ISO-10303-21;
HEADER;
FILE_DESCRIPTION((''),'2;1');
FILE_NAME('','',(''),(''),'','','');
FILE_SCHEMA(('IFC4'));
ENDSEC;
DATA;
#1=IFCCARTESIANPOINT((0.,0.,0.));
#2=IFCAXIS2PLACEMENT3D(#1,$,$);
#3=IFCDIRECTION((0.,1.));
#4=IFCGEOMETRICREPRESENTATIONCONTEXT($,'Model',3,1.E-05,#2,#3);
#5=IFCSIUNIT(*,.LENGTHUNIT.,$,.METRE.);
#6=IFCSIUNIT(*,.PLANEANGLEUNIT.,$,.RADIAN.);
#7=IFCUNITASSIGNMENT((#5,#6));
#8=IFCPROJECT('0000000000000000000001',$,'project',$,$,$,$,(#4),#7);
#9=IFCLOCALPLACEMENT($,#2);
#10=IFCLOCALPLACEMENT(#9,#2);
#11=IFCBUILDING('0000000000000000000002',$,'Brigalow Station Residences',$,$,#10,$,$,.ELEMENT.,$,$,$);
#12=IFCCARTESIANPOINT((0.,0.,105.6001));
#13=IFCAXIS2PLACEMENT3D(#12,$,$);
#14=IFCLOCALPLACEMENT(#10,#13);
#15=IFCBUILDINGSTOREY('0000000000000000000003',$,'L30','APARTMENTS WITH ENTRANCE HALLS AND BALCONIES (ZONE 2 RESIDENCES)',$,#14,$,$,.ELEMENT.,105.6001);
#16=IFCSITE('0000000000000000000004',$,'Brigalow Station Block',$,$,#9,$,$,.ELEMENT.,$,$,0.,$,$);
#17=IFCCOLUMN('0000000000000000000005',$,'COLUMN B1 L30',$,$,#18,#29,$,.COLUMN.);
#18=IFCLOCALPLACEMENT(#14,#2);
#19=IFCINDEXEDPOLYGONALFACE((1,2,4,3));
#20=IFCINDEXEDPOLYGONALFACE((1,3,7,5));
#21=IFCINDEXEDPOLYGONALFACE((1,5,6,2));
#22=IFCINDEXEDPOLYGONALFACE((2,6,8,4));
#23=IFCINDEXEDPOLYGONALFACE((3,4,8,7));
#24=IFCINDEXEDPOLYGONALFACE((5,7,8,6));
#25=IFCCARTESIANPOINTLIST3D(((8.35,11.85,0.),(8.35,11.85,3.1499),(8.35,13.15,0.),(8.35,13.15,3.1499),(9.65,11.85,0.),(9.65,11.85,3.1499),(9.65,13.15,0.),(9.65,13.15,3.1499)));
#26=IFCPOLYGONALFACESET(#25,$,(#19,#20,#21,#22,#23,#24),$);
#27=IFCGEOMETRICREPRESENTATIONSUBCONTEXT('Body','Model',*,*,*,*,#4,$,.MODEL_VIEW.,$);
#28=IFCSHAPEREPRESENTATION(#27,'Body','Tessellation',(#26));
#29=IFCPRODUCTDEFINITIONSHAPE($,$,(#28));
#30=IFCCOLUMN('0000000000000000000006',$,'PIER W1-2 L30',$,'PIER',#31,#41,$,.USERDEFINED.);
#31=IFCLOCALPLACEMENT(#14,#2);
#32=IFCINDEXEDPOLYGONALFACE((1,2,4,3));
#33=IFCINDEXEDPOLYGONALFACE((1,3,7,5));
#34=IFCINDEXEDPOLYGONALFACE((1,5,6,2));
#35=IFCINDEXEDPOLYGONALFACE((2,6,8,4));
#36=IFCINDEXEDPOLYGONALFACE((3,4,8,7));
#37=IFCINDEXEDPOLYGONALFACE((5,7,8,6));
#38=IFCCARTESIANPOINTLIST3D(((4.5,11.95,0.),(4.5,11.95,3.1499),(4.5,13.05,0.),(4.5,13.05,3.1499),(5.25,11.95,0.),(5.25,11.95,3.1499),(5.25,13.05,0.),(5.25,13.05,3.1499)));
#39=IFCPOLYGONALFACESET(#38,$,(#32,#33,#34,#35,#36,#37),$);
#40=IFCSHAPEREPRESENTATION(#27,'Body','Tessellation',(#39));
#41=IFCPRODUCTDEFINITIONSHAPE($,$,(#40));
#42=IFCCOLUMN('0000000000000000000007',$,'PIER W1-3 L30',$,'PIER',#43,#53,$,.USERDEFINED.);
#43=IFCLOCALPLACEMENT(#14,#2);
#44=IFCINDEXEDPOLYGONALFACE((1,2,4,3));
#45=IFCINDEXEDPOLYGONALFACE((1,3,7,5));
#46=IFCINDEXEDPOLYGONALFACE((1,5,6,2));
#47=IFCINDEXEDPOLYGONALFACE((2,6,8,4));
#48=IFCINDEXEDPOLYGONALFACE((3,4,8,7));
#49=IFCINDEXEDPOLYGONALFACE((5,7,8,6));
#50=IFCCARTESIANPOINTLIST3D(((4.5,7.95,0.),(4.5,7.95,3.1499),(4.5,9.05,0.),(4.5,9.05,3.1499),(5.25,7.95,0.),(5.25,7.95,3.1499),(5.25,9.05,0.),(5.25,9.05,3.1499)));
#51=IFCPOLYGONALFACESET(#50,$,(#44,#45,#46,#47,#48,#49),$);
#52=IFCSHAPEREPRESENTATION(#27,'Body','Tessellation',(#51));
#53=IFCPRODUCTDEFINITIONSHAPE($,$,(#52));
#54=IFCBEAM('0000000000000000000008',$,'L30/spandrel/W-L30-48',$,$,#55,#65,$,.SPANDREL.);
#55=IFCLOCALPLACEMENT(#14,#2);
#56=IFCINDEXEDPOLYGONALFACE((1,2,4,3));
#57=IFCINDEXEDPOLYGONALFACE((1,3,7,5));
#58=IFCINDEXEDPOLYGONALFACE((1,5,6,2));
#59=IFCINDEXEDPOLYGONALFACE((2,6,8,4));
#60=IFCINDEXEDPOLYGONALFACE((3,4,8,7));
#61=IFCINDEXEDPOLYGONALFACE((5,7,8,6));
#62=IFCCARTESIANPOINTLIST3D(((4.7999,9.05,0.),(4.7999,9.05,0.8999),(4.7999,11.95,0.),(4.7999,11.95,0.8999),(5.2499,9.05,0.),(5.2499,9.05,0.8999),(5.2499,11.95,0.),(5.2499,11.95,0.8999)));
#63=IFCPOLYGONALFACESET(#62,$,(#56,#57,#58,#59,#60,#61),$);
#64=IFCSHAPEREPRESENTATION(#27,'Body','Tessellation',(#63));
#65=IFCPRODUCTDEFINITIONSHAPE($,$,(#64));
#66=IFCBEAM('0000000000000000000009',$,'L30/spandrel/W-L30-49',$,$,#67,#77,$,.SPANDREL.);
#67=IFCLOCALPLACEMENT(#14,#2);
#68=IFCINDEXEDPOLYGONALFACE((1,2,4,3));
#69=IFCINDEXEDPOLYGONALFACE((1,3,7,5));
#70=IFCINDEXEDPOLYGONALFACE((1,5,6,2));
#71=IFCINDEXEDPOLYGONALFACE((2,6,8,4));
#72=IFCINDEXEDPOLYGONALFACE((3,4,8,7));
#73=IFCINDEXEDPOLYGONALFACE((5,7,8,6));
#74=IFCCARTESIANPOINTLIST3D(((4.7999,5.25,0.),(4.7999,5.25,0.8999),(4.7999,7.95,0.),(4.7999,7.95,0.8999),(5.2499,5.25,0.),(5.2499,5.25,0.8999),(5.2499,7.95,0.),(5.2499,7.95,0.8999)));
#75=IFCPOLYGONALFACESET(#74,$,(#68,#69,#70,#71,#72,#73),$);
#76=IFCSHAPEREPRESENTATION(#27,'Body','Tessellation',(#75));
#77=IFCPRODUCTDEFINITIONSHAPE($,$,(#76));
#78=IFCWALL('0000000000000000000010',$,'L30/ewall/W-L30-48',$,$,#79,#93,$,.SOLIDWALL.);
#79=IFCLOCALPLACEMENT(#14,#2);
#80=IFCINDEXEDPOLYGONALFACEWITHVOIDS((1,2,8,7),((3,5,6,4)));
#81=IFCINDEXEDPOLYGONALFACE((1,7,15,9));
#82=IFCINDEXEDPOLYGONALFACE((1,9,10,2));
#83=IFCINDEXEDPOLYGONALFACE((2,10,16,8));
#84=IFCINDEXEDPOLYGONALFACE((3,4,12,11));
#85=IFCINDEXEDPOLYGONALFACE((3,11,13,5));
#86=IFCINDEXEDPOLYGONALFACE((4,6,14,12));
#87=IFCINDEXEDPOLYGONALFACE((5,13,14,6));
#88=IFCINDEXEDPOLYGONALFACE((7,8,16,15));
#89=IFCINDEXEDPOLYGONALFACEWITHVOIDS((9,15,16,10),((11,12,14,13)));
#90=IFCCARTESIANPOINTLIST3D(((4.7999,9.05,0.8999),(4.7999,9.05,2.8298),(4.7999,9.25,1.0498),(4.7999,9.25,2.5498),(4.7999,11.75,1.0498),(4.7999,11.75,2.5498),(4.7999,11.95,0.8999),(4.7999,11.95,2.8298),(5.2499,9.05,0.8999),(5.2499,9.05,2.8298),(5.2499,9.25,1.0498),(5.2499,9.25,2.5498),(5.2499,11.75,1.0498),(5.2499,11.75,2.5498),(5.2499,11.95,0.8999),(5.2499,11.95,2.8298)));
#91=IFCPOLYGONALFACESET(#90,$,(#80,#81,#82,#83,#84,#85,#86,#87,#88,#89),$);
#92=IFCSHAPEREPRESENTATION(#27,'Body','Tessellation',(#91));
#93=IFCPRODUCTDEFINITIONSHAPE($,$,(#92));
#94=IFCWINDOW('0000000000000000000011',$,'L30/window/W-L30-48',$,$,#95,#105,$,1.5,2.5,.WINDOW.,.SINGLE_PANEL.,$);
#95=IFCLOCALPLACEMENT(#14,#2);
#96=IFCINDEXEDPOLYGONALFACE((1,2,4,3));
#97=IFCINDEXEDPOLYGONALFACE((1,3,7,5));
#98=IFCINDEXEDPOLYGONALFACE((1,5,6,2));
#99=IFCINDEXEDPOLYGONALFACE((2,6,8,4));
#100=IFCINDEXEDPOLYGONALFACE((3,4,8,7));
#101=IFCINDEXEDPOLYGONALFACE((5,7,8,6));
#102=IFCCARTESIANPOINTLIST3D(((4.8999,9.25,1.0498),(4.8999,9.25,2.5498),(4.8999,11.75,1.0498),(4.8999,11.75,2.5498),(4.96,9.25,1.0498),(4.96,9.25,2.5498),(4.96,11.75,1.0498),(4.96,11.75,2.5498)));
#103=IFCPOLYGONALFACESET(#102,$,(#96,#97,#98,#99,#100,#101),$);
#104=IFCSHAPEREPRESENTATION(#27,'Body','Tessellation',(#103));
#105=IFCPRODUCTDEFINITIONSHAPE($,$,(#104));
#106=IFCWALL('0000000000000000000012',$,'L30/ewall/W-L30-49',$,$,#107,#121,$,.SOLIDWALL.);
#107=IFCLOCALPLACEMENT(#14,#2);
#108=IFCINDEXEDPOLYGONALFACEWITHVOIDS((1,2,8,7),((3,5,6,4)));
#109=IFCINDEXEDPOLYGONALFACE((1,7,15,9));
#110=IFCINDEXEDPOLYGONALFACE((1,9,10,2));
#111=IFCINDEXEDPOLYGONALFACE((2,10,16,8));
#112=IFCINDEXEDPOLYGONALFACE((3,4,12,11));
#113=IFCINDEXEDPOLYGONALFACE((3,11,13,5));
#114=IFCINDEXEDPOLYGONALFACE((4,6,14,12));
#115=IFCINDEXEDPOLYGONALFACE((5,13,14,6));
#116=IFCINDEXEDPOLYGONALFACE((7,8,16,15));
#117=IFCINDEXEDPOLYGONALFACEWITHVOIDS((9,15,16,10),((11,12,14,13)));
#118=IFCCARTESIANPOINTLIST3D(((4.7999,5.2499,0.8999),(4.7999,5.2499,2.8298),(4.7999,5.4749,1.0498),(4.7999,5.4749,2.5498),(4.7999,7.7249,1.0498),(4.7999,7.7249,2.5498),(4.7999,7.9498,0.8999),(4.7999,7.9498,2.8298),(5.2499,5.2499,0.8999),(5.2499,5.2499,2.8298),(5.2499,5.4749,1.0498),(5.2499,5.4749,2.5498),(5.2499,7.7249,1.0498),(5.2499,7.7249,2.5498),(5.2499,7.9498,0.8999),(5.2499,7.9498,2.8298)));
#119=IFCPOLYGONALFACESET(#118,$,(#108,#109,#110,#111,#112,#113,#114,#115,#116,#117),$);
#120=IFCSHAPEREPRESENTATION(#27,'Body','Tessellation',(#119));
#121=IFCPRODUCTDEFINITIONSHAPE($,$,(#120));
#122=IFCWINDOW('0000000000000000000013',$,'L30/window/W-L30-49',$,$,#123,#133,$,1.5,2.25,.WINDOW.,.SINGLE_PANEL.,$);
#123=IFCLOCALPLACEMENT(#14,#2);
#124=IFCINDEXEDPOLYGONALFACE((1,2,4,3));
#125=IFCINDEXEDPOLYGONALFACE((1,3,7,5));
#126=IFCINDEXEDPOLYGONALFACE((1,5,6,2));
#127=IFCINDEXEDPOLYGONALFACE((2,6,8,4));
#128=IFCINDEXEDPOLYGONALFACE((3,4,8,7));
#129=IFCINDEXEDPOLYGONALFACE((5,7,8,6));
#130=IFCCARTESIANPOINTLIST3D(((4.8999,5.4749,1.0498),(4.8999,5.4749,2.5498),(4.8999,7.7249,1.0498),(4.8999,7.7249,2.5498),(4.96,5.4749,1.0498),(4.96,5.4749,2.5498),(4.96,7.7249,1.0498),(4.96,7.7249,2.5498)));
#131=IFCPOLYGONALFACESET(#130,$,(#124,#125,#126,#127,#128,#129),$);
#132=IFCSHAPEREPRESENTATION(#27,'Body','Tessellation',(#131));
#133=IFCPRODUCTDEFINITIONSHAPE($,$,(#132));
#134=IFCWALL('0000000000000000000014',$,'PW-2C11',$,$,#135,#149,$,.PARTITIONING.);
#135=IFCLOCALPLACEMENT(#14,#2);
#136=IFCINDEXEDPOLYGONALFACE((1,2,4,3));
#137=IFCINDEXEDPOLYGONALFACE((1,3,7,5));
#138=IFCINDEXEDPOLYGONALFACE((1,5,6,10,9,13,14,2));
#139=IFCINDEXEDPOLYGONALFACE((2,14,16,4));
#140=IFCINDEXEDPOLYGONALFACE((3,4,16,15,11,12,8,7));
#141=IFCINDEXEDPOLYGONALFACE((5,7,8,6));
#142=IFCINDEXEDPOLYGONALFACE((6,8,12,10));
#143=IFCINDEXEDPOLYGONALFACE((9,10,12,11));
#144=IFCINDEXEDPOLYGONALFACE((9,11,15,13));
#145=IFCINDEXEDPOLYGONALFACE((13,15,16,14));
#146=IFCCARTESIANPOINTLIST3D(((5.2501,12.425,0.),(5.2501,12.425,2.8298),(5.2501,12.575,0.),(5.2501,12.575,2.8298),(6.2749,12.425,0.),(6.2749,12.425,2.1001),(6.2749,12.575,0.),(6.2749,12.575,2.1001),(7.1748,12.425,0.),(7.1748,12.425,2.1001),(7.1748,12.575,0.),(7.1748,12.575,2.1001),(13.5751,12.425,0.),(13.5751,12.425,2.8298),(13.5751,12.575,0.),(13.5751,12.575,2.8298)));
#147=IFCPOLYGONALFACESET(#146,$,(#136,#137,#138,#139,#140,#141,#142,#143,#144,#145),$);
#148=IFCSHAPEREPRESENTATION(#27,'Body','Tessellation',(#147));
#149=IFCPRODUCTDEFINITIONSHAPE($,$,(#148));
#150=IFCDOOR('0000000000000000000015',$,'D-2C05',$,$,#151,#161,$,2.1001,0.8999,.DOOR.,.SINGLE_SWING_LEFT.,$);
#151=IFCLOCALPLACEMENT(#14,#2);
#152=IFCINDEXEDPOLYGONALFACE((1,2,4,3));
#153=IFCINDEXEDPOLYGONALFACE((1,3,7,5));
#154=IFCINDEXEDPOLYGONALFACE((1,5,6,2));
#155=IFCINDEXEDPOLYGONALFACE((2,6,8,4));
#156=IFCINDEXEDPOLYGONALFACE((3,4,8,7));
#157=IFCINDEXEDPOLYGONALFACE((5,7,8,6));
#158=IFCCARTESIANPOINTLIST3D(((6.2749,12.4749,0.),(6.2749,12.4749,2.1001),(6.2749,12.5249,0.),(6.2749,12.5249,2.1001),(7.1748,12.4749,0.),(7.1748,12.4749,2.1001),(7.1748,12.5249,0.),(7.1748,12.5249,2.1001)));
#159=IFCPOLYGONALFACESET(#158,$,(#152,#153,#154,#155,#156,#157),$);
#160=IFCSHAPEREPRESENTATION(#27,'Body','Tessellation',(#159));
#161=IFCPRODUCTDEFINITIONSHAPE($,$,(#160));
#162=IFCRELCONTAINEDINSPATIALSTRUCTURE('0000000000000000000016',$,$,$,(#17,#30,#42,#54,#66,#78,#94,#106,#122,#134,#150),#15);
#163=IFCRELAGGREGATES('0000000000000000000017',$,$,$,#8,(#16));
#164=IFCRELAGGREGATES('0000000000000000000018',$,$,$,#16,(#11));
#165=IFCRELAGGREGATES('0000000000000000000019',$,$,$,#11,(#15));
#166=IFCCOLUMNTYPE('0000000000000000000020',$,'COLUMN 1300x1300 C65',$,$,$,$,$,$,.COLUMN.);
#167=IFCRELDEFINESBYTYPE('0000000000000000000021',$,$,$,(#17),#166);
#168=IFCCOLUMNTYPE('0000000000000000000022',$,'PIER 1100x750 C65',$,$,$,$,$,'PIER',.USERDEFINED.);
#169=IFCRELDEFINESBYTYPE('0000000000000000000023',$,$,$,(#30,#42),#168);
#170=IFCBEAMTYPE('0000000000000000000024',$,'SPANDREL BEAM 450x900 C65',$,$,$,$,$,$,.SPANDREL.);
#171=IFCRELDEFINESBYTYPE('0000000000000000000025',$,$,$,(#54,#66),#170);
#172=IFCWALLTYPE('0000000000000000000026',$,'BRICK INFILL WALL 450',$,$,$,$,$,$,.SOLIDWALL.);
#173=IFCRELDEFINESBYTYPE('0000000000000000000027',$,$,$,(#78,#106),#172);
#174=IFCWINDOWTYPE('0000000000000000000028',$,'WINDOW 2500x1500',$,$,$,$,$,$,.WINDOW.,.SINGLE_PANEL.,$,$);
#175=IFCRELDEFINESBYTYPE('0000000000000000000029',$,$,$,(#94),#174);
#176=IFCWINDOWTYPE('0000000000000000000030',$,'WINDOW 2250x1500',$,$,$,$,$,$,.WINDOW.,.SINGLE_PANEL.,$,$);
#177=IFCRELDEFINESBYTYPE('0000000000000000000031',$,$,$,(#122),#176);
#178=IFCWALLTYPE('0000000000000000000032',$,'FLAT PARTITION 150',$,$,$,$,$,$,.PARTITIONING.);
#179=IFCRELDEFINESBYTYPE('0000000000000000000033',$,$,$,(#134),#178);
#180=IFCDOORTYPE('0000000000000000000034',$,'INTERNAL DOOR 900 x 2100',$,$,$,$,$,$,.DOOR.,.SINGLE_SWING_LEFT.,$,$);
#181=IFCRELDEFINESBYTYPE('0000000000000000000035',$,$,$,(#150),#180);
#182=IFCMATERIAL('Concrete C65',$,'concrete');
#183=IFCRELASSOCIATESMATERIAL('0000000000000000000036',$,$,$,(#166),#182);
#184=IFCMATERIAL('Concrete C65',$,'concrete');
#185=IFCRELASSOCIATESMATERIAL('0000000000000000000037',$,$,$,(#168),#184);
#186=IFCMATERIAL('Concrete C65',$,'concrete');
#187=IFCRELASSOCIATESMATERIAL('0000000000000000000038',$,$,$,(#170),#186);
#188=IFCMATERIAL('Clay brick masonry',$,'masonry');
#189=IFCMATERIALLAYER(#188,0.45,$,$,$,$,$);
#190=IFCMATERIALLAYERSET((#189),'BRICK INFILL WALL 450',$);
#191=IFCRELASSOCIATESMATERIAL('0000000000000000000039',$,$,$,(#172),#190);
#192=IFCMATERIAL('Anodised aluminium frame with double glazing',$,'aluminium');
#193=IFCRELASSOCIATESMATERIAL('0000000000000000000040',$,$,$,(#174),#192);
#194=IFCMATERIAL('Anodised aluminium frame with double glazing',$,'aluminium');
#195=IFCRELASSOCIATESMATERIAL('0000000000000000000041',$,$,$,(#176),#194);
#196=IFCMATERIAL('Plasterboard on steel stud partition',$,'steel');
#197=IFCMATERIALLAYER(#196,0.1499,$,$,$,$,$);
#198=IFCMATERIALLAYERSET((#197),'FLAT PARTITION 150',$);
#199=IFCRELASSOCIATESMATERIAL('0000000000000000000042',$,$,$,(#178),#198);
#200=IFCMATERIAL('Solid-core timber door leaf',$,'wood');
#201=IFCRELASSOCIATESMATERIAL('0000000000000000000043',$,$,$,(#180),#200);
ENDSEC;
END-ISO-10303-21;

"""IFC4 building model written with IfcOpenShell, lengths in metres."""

from ifc_helpers import new_model, si_unit, direction, frame, frame_2d, origin, origin_2d, place, context, subcontext, project, spatial, rectangle, extrude, material, layer, layer_set, material_profile, profile_set, type_object, element, fill, save


model = new_model("IFC4")

# Units and contexts
model_context = context("Model", 3, precision=1e-05, world=origin(), true_north=direction((0.0, 1.0)))
body_context = subcontext(model_context, "Body", "Model", "MODEL_VIEW")
ifc_project = project(units=[si_unit("LENGTHUNIT", "METRE"), si_unit("PLANEANGLEUNIT", "RADIAN")], contexts=[model_context])

# Site, building, storey
site_placement = place(None, origin())
site = spatial("IfcSite", under=ifc_project, at=site_placement, Name="Brigalow Station Block", CompositionType="ELEMENT", RefElevation=0.0)
building_placement = place(site_placement, origin())
building = spatial("IfcBuilding", under=site, at=building_placement, Name="Brigalow Station Residences", CompositionType="ELEMENT")
storey_placement = place(building_placement, frame((0.0, 0.0, 105.6001)))
storey = spatial("IfcBuildingStorey", under=building, at=storey_placement, Name="L30", Description="APARTMENTS WITH ENTRANCE HALLS AND BALCONIES (ZONE 2 RESIDENCES)", CompositionType="ELEMENT", Elevation=105.6001)

# Columns
ifc_material_1 = material(Name="Concrete C65", Category="concrete")
ifc_material_profile_1 = material_profile(ifc_material_1, rectangle(XDim=1.3, YDim=1.3, at=origin_2d()), Name="RC1300x1300")
ifc_profile_set_1 = profile_set([ifc_material_profile_1], Name="Concrete C65")
column_type_1 = type_object("IfcColumnType", Name="COLUMN 1300x1300 C65", PredefinedType="COLUMN", material=ifc_profile_set_1)
column_placement = place(storey_placement, frame((9.0, 12.5, 0.0), z_axis=(0.0, 0.0, 1.0), x_axis=(1.0, 0.0, 0.0)))
element("IfcColumn", 1, at=column_placement, inside=storey, type_object=column_type_1, Name="COLUMN B1 L30", PredefinedType="COLUMN", context=body_context, shape_type="SweptSolid", body=[
    extrude(rectangle(XDim=1.3, YDim=1.3, at=origin_2d()), origin(), (0.0, 0.0, 1.0), 3.1499),
])
ifc_material_2 = material(Name="Concrete C65", Category="concrete")
ifc_material_profile_2 = material_profile(ifc_material_2, rectangle(XDim=1.1001, YDim=0.75, at=origin_2d()), Name="RC1100x750")
ifc_profile_set_2 = profile_set([ifc_material_profile_2], Name="Concrete C65")
column_type_2 = type_object("IfcColumnType", Name="PIER 1100x750 C65", ElementType="PIER", PredefinedType="USERDEFINED", material=ifc_profile_set_2)
for number, where, z_axis, x_axis, name in (
    (2, (4.875, 12.5, 0.0), (0.0, 0.0, 1.0), (0.0, -1.0, 0.0), "PIER W1-2 L30"),
    (3, (4.875, 8.5, 0.0), (0.0, 0.0, 1.0), (0.0, -1.0, 0.0), "PIER W1-3 L30"),
):
    element("IfcColumn", number, at=place(storey_placement, frame(where, z_axis=z_axis, x_axis=x_axis)), inside=storey, type_object=column_type_2, Name=name, ObjectType="PIER", PredefinedType="USERDEFINED", context=body_context, shape_type="SweptSolid", body=[
        extrude(rectangle(XDim=1.1001, YDim=0.75, at=origin_2d()), origin(), (0.0, 0.0, 1.0), 3.1499),
    ])

# Beams
ifc_material_3 = material(Name="Concrete C65", Category="concrete")
ifc_material_profile_3 = material_profile(ifc_material_3, rectangle(XDim=0.45, YDim=0.8999, at=origin_2d()), Name="RC450x900")
ifc_profile_set_3 = profile_set([ifc_material_profile_3], Name="Concrete C65")
beam_type = type_object("IfcBeamType", Name="SPANDREL BEAM 450x900 C65", PredefinedType="SPANDREL", material=ifc_profile_set_3)
beam_1_placement = place(storey_placement, frame((5.0249, 11.95, 0.45), z_axis=(0.0, -1.0, 0.0), x_axis=(1.0, 0.0, 0.0)))
element("IfcBeam", 4, at=beam_1_placement, inside=storey, type_object=beam_type, Name="L30/spandrel/W-L30-48", PredefinedType="SPANDREL", context=body_context, shape_type="SweptSolid", body=[
    extrude(rectangle(XDim=0.45, YDim=0.8999, at=origin_2d()), origin(), (0.0, 0.0, 1.0), 2.8999),
])
beam_2_placement = place(storey_placement, frame((5.0249, 7.95, 0.45), z_axis=(0.0, -1.0, 0.0), x_axis=(1.0, 0.0, 0.0)))
element("IfcBeam", 5, at=beam_2_placement, inside=storey, type_object=beam_type, Name="L30/spandrel/W-L30-49", PredefinedType="SPANDREL", context=body_context, shape_type="SweptSolid", body=[
    extrude(rectangle(XDim=0.45, YDim=0.8999, at=origin_2d()), origin(), (0.0, 0.0, 1.0), 2.7),
])

# Walls, openings, windows
ifc_material_4 = material(Name="Clay brick masonry", Category="masonry")
ifc_layer_1 = layer(ifc_material_4, 0.45)
ifc_layer_set_1 = layer_set([ifc_layer_1], Name="BRICK INFILL WALL 450")
wall_type_1 = type_object("IfcWallType", Name="BRICK INFILL WALL 450", PredefinedType="SOLIDWALL", material=ifc_layer_set_1)
wall_1_placement = place(storey_placement, frame((5.0249, 11.95, 0.8999), z_axis=(0.0, 0.0, 1.0), x_axis=(0.0, -1.0, 0.0)))
wall_1 = element("IfcWall", 6, at=wall_1_placement, inside=storey, type_object=wall_type_1, Name="L30/ewall/W-L30-48", PredefinedType="SOLIDWALL", context=body_context, shape_type="SweptSolid", body=[
    extrude(rectangle(XDim=2.8999, YDim=0.45, at=frame_2d((1.45, 0.0))), origin(), (0.0, 0.0, 1.0), 1.9299),
])
opening_1_placement = place(wall_1_placement, frame((0.2, 0.0, 0.1499)))
opening_1 = element("IfcOpeningElement", 7, at=opening_1_placement, cuts=wall_1, PredefinedType="OPENING", context=body_context, shape_type="SweptSolid", body=[
    extrude(rectangle(XDim=2.5, YDim=1.5, at=frame_2d((1.25, 0.75))), frame((0.0, 0.2349, 0.0), z_axis=(0.0, -1.0, 0.0), x_axis=(1.0, 0.0, 0.0)), (0.0, 0.0, 1.0), 0.47),
])
ifc_material_5 = material(Name="Anodised aluminium frame with double glazing", Category="aluminium")
window_type_1 = type_object("IfcWindowType", Name="WINDOW 2500x1500", PartitioningType="SINGLE_PANEL", PredefinedType="WINDOW", material=ifc_material_5)
window_1_placement = place(opening_1_placement, origin())
window_1 = element("IfcWindow", 8, at=window_1_placement, inside=storey, type_object=window_type_1, Name="L30/window/W-L30-48", OverallHeight=1.5, OverallWidth=2.5, PartitioningType="SINGLE_PANEL", PredefinedType="WINDOW", context=body_context, shape_type="SweptSolid", body=[
    extrude(rectangle(XDim=2.5, YDim=1.5, at=frame_2d((1.25, 0.75))), frame((0.0, -0.0649, 0.0), z_axis=(0.0, -1.0, 0.0), x_axis=(1.0, 0.0, 0.0)), (0.0, 0.0, 1.0), 0.0601),
])
fill(opening_1, window_1)
wall_2_placement = place(storey_placement, frame((5.0249, 7.95, 0.8999), z_axis=(0.0, 0.0, 1.0), x_axis=(0.0, -1.0, 0.0)))
wall_2 = element("IfcWall", 9, at=wall_2_placement, inside=storey, type_object=wall_type_1, Name="L30/ewall/W-L30-49", PredefinedType="SOLIDWALL", context=body_context, shape_type="SweptSolid", body=[
    extrude(rectangle(XDim=2.7, YDim=0.45, at=frame_2d((1.3501, 0.0))), origin(), (0.0, 0.0, 1.0), 1.9299),
])
opening_2_placement = place(wall_2_placement, frame((0.2251, 0.0, 0.1499)))
opening_2 = element("IfcOpeningElement", 10, at=opening_2_placement, cuts=wall_2, PredefinedType="OPENING", context=body_context, shape_type="SweptSolid", body=[
    extrude(rectangle(XDim=2.25, YDim=1.5, at=frame_2d((1.125, 0.75))), frame((0.0, 0.2349, 0.0), z_axis=(0.0, -1.0, 0.0), x_axis=(1.0, 0.0, 0.0)), (0.0, 0.0, 1.0), 0.47),
])
ifc_material_6 = material(Name="Anodised aluminium frame with double glazing", Category="aluminium")
window_type_2 = type_object("IfcWindowType", Name="WINDOW 2250x1500", PartitioningType="SINGLE_PANEL", PredefinedType="WINDOW", material=ifc_material_6)
window_2_placement = place(opening_2_placement, origin())
window_2 = element("IfcWindow", 11, at=window_2_placement, inside=storey, type_object=window_type_2, Name="L30/window/W-L30-49", OverallHeight=1.5, OverallWidth=2.25, PartitioningType="SINGLE_PANEL", PredefinedType="WINDOW", context=body_context, shape_type="SweptSolid", body=[
    extrude(rectangle(XDim=2.25, YDim=1.5, at=frame_2d((1.125, 0.75))), frame((0.0, -0.0649, 0.0), z_axis=(0.0, -1.0, 0.0), x_axis=(1.0, 0.0, 0.0)), (0.0, 0.0, 1.0), 0.0601),
])
fill(opening_2, window_2)

# Wall, opening, door
ifc_material_7 = material(Name="Plasterboard on steel stud partition", Category="steel")
ifc_layer_2 = layer(ifc_material_7, 0.1499)
ifc_layer_set_2 = layer_set([ifc_layer_2], Name="FLAT PARTITION 150")
wall_type_2 = type_object("IfcWallType", Name="FLAT PARTITION 150", PredefinedType="PARTITIONING", material=ifc_layer_set_2)
wall_3_placement = place(storey_placement, frame((5.25, 12.5, 0.0), z_axis=(0.0, 0.0, 1.0), x_axis=(1.0, 0.0, 0.0)))
wall_3 = element("IfcWall", 12, at=wall_3_placement, inside=storey, type_object=wall_type_2, Name="PW-2C11", PredefinedType="PARTITIONING", context=body_context, shape_type="SweptSolid", body=[
    extrude(rectangle(XDim=8.325, YDim=0.1499, at=frame_2d((4.1626, 0.0))), origin(), (0.0, 0.0, 1.0), 2.8298),
])
opening_3_placement = place(wall_3_placement, frame((1.0249, 0.0, 0.0)))
opening_3 = element("IfcOpeningElement", 13, at=opening_3_placement, cuts=wall_3, PredefinedType="OPENING", context=body_context, shape_type="SweptSolid", body=[
    extrude(rectangle(XDim=0.8999, YDim=2.1001, at=frame_2d((0.45, 1.05))), frame((0.0, 0.085, 0.0), z_axis=(0.0, -1.0, 0.0), x_axis=(1.0, 0.0, 0.0)), (0.0, 0.0, 1.0), 0.1699),
])
ifc_material_8 = material(Name="Solid-core timber door leaf", Category="wood")
door_type = type_object("IfcDoorType", Name="INTERNAL DOOR 900 x 2100", OperationType="SINGLE_SWING_LEFT", PredefinedType="DOOR", material=ifc_material_8)
door_1_placement = place(opening_3_placement, origin())
door_1 = element("IfcDoor", 14, at=door_1_placement, inside=storey, type_object=door_type, Name="D-2C05", OperationType="SINGLE_SWING_LEFT", OverallHeight=2.1001, OverallWidth=0.8999, PredefinedType="DOOR", context=body_context, shape_type="SweptSolid", body=[
    extrude(rectangle(XDim=0.8999, YDim=2.1001, at=frame_2d((0.45, 1.05))), frame((0.0, 0.0249, 0.0), z_axis=(0.0, -1.0, 0.0), x_axis=(1.0, 0.0, 0.0)), (0.0, 0.0, 1.0), 0.05),
])
fill(opening_3, door_1)

save(model, "model.ifc")
